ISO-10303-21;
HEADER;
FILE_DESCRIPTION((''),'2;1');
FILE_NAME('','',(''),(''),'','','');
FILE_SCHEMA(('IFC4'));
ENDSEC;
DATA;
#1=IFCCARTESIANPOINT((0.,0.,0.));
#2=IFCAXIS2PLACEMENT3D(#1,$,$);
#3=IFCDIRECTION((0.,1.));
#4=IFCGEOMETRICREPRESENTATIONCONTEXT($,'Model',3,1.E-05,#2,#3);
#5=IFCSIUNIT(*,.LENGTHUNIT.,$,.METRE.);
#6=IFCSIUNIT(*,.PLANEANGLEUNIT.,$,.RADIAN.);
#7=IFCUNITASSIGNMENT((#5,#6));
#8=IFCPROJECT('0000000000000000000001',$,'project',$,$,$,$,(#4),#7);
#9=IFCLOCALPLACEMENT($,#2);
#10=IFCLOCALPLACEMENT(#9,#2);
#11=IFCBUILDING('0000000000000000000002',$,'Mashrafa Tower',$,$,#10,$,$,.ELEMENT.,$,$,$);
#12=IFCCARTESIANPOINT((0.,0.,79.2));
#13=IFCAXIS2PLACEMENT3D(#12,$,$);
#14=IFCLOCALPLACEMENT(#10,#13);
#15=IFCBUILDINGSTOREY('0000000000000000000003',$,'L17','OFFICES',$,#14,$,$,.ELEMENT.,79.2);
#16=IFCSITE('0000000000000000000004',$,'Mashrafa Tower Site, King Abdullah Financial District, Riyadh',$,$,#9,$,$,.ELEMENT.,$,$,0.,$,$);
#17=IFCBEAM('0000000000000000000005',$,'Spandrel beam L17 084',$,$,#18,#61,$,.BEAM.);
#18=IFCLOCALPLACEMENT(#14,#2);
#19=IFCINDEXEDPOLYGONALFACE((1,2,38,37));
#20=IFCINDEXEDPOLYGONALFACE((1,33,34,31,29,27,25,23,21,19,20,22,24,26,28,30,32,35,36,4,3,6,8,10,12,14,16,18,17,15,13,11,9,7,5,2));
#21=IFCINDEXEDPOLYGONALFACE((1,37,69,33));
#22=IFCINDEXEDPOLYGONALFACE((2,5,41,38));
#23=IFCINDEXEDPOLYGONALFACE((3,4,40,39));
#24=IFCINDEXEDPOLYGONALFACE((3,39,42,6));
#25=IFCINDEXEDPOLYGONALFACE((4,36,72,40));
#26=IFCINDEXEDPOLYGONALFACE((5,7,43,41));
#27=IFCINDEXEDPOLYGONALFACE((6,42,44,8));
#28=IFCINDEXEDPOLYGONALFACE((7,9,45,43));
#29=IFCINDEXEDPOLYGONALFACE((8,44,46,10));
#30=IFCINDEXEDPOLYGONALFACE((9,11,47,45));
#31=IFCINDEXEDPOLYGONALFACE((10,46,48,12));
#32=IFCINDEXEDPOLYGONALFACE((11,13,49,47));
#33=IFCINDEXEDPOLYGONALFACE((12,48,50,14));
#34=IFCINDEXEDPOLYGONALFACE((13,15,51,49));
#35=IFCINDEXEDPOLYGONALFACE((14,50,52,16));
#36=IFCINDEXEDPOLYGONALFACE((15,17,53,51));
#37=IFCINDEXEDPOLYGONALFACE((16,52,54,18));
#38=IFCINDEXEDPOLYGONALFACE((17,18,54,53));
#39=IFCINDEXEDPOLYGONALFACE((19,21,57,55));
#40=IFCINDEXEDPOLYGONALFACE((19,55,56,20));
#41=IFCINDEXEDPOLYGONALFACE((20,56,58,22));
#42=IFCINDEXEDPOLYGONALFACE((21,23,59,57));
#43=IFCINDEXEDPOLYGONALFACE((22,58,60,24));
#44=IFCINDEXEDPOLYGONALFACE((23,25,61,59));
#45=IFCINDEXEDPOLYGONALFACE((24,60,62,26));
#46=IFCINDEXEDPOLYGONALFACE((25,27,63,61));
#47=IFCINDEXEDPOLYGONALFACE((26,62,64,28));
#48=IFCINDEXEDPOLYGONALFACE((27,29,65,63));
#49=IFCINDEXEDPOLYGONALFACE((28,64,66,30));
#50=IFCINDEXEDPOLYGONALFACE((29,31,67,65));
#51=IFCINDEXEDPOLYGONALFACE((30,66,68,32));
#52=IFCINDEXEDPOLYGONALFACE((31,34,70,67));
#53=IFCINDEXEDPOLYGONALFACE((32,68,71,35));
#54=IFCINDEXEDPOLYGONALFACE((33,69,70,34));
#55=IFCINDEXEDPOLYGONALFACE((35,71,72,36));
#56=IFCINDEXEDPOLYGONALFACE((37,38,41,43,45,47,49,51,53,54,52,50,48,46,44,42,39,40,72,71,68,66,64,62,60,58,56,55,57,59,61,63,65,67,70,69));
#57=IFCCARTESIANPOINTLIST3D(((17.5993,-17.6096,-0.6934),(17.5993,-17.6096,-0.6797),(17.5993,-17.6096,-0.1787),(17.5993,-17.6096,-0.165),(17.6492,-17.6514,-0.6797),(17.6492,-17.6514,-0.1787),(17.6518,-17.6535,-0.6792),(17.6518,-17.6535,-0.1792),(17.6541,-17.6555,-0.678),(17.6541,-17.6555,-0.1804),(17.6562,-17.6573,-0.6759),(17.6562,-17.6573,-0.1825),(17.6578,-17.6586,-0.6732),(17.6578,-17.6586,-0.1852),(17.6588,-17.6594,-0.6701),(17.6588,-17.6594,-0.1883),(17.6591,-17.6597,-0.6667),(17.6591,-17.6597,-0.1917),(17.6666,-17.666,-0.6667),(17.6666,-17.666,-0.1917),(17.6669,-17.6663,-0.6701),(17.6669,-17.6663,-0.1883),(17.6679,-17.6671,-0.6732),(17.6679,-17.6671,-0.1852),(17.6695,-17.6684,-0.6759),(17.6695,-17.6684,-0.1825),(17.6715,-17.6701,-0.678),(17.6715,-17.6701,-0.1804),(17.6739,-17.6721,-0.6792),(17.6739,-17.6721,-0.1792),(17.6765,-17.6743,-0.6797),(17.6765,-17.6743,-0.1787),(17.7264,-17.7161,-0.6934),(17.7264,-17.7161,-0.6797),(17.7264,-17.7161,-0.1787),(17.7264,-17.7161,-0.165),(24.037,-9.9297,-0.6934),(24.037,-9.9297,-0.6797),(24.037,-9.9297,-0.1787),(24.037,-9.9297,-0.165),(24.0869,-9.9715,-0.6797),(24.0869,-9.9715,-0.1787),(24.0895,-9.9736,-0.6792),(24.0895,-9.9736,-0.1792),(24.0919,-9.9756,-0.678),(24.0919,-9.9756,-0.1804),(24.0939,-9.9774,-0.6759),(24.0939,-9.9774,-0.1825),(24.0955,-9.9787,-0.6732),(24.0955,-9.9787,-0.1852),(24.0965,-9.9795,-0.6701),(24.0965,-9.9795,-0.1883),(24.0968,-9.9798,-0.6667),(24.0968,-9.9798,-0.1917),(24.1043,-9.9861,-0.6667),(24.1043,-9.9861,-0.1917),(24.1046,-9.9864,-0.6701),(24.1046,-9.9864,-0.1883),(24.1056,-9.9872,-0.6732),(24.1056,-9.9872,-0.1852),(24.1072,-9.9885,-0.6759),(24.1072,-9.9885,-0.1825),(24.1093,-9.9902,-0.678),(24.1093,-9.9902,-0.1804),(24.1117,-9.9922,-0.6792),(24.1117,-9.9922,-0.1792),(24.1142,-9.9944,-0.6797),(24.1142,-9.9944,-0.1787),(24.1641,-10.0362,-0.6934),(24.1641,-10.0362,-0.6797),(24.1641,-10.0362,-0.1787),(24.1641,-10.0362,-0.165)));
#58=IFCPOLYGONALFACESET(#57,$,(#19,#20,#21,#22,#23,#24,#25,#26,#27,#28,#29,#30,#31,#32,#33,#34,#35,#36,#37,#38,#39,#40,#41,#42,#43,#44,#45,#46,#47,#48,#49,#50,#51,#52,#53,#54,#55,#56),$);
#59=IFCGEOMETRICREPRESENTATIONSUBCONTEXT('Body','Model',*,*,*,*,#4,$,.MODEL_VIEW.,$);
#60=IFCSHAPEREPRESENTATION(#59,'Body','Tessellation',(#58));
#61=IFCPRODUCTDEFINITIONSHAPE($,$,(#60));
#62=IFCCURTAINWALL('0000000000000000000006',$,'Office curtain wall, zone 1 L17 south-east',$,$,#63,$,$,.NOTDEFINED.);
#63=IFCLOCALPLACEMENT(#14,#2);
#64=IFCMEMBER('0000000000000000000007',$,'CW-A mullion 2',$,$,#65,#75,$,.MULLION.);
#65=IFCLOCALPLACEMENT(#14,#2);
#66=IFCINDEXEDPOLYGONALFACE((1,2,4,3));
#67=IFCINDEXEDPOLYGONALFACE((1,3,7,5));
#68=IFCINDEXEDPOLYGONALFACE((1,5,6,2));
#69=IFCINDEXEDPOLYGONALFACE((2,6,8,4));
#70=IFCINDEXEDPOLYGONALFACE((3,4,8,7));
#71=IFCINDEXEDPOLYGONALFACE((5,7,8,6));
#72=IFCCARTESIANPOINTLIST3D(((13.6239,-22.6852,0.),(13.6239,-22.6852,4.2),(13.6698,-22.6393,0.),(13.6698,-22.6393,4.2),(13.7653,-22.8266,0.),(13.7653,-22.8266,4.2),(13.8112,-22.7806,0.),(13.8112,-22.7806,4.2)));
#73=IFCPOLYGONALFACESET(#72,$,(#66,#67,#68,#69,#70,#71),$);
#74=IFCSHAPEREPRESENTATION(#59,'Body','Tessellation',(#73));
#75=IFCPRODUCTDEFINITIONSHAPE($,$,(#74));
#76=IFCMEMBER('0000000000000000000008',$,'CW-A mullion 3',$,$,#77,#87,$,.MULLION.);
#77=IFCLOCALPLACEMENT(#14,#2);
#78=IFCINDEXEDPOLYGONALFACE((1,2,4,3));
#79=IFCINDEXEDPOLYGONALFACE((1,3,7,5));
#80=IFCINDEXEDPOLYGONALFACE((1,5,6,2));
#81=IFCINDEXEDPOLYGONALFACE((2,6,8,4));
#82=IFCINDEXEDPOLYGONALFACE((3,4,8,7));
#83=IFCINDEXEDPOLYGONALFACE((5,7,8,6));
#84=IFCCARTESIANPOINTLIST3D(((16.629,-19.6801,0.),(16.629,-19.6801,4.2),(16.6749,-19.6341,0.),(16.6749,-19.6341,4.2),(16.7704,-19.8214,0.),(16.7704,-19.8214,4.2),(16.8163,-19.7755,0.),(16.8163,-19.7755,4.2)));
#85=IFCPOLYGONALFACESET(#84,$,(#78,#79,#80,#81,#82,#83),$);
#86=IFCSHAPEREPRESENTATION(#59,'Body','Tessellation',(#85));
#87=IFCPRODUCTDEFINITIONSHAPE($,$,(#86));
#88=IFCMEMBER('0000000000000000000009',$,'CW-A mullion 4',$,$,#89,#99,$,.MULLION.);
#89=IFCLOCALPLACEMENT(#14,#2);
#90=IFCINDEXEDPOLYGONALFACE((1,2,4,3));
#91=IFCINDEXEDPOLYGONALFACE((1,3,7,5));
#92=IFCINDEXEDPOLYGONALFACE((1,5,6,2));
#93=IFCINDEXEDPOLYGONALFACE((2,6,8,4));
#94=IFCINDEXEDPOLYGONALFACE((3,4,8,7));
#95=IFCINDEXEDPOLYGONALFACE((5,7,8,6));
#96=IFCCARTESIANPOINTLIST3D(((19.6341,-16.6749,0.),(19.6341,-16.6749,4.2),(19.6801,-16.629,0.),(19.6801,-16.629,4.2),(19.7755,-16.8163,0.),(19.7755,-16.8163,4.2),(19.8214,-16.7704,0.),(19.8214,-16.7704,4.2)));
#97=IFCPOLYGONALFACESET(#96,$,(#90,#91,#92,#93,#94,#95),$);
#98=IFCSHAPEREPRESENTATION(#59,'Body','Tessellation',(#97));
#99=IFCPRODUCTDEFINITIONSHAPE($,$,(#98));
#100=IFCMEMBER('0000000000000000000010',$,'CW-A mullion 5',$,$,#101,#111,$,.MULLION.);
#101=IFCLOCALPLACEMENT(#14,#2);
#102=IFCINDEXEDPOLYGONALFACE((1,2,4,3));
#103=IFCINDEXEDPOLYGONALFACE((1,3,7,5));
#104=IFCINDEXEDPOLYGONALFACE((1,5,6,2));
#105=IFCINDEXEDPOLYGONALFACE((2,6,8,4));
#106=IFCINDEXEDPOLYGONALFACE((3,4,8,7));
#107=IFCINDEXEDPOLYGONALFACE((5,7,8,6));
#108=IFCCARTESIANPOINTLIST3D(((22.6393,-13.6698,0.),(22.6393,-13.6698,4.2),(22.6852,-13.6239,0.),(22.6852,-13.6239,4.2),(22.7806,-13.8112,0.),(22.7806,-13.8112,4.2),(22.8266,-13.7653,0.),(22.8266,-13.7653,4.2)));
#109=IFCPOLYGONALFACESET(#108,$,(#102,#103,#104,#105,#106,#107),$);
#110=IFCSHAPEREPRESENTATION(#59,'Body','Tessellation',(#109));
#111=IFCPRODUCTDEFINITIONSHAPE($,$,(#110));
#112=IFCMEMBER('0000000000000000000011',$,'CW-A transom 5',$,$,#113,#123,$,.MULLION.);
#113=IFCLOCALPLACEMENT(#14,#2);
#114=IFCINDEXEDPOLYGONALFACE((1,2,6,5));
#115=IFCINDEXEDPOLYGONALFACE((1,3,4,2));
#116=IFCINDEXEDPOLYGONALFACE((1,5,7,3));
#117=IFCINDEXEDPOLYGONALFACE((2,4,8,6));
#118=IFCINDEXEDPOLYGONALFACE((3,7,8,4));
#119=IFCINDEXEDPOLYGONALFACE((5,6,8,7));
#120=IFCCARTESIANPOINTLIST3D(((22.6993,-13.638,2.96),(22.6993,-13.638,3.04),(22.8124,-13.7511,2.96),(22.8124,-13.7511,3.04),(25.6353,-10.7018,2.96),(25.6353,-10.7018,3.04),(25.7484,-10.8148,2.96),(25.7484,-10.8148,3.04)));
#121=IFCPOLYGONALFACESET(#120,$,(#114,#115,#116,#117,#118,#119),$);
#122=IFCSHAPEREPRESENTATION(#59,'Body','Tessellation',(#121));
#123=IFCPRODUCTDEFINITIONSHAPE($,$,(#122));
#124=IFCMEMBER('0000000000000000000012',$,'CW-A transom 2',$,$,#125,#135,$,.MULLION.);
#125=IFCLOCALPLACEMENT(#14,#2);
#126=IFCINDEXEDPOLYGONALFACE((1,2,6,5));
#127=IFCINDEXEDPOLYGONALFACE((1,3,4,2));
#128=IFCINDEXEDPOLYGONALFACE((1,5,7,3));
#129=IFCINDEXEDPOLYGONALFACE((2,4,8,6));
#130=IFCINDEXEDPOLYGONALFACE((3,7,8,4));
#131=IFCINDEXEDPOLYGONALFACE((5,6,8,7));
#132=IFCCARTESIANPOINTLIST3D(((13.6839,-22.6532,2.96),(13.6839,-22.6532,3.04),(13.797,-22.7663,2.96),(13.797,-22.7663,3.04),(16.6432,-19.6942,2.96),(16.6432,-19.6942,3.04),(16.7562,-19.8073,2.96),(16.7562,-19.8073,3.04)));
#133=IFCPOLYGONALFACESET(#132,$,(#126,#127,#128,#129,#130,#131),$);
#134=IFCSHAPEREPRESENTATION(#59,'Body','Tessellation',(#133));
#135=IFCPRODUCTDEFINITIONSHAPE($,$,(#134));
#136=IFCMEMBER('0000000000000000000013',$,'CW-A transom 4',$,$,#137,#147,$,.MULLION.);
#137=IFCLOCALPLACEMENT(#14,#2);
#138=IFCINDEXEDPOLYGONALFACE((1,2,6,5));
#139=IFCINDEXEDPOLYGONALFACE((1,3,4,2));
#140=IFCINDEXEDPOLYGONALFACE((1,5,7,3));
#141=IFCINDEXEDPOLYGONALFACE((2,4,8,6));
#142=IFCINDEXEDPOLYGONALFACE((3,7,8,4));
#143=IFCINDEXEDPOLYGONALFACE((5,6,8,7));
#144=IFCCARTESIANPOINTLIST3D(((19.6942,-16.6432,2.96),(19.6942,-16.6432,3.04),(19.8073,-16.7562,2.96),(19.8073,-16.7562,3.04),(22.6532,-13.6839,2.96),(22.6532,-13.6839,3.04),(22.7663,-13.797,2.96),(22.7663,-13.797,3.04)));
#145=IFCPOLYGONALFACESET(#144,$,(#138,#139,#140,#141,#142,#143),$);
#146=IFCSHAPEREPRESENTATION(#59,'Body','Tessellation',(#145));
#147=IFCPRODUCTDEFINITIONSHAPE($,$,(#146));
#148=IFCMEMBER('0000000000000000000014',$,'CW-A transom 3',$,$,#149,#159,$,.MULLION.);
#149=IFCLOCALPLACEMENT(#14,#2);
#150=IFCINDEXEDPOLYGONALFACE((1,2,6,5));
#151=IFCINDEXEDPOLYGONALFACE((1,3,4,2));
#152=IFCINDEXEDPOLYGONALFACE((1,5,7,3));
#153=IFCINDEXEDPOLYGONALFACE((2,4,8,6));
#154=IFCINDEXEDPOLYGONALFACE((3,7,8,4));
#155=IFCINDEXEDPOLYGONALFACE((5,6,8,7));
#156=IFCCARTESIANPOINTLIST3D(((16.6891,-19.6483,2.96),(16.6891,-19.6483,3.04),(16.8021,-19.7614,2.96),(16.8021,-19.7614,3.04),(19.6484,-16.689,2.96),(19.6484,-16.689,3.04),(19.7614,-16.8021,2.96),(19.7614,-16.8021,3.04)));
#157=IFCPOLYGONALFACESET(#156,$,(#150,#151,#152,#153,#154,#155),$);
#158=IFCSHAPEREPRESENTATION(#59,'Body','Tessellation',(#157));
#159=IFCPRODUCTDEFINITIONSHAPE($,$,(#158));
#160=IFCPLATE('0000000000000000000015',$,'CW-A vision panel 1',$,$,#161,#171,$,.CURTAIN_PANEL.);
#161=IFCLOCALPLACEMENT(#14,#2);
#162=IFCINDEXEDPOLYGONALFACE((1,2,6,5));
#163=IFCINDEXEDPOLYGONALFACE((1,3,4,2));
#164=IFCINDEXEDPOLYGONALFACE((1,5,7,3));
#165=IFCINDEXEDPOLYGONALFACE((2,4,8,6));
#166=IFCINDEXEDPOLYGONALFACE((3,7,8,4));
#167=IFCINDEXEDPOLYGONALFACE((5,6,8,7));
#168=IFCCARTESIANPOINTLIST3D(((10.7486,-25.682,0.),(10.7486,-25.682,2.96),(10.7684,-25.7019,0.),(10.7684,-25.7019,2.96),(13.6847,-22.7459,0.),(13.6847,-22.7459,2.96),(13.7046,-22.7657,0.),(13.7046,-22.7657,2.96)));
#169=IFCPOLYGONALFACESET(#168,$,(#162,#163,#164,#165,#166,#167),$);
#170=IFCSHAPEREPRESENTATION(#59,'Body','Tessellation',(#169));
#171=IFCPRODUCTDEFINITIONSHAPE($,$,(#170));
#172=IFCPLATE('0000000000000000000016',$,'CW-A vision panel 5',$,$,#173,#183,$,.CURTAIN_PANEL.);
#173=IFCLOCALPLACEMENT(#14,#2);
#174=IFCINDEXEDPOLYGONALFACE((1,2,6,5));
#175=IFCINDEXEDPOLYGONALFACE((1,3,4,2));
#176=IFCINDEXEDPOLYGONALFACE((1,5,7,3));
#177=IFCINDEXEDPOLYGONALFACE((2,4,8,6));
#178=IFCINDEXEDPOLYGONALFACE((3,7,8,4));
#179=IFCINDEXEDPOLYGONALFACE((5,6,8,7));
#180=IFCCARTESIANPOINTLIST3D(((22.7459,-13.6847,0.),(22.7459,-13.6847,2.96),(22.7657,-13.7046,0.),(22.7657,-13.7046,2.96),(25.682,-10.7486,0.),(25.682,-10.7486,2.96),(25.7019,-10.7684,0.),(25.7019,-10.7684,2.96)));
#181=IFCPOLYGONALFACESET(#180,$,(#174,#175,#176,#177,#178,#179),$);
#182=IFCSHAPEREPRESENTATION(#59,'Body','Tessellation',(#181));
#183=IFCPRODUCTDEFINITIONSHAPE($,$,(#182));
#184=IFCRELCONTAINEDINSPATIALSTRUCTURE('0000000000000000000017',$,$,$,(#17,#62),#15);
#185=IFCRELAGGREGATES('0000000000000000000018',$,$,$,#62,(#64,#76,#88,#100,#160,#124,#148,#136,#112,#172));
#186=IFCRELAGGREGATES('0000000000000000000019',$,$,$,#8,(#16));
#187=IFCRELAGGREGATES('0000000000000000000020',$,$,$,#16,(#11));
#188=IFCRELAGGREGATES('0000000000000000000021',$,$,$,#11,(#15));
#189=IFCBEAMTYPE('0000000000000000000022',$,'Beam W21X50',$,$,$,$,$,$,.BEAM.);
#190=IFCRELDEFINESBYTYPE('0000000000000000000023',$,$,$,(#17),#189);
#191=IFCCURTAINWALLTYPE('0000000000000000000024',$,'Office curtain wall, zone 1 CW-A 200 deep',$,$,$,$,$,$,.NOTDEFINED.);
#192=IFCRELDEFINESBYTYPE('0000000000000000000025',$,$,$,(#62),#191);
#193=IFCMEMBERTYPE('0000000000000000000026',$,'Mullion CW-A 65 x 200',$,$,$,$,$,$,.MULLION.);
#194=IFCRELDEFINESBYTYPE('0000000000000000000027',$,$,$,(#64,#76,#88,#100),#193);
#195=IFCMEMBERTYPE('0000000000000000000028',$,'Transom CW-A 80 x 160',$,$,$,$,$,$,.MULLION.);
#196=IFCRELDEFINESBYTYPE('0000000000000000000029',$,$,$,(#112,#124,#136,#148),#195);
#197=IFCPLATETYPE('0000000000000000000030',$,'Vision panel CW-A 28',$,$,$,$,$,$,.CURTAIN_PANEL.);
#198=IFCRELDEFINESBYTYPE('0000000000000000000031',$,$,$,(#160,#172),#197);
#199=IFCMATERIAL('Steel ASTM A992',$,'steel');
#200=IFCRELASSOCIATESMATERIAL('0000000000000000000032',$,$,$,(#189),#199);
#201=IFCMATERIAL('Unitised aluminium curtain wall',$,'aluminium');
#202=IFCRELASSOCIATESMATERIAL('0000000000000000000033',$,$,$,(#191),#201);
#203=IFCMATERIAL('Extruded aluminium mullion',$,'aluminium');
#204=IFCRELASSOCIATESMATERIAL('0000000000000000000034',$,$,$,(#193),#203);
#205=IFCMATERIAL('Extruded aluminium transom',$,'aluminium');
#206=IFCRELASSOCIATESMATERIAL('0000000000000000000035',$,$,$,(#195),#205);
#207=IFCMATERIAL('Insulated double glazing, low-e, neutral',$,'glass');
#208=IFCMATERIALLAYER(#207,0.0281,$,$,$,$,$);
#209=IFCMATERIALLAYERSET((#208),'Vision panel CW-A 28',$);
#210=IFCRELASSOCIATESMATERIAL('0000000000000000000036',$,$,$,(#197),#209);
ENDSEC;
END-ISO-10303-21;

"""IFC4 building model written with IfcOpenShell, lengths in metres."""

from ifc_helpers import new_model, si_unit, direction, frame, origin, origin_2d, place, context, subcontext, project, spatial, rectangle, i_section, extrude, source, transform, mapped, material, layer, layer_set, material_profile, profile_set, type_object, type_shapes, element, aggregate, save


model = new_model("IFC4")

# Units and contexts
model_context = context("Model", 3, precision=1e-05, world=origin(), true_north=direction((0.0, 1.0)))
body_context = subcontext(model_context, "Body", "Model", "MODEL_VIEW")
ifc_project = project(units=[si_unit("LENGTHUNIT", "METRE"), si_unit("PLANEANGLEUNIT", "RADIAN")], contexts=[model_context])

# Site, building, storey
site_placement = place(None, origin())
site = spatial("IfcSite", under=ifc_project, at=site_placement, Name="Mashrafa Tower Site, King Abdullah Financial District, Riyadh", CompositionType="ELEMENT", RefElevation=0.0)
building_placement = place(site_placement, origin())
building = spatial("IfcBuilding", under=site, at=building_placement, Name="Mashrafa Tower", CompositionType="ELEMENT")
storey_placement = place(building_placement, frame((0.0, 0.0, 79.2)))
storey = spatial("IfcBuildingStorey", under=building, at=storey_placement, Name="L17", Description="OFFICES", CompositionType="ELEMENT", Elevation=79.2)

# Beam
ifc_material_1 = material(Name="Steel ASTM A992", Category="steel")
ifc_material_profile_1 = material_profile(ifc_material_1, i_section(OverallWidth=0.1658, OverallDepth=0.5283, WebThickness=0.0098, FlangeThickness=0.0137, FilletRadius=0.0129, at=origin_2d()), Name="W21X50")
ifc_profile_set_1 = profile_set([ifc_material_profile_1], Name="Steel ASTM A992")
beam_type_1 = type_object("IfcBeamType", Name="Beam W21X50", PredefinedType="BEAM", material=ifc_profile_set_1)
beam_1_placement = place(storey_placement, frame((17.6628, -17.6628, -0.4292), z_axis=(0.642408, 0.766363, 0.0), x_axis=(-0.766363, 0.642408, 0.0)))
element("IfcBeam", 1, at=beam_1_placement, inside=storey, type_object=beam_type_1, Name="Spandrel beam L17 084", PredefinedType="BEAM", context=body_context, shape_type="SweptSolid", body=[
    extrude(i_section(OverallWidth=0.1658, OverallDepth=0.5283, WebThickness=0.0098, FlangeThickness=0.0137, FilletRadius=0.0129, at=origin_2d()), origin(), (0.0, 0.0, 1.0), 10.0212),
])

# Curtain wall, members, plates
ifc_material_2 = material(Name="Unitised aluminium curtain wall", Category="aluminium")
curtain_wall_type = type_object("IfcCurtainWallType", Name="Office curtain wall, zone 1 CW-A 200 deep", PredefinedType="NOTDEFINED", material=ifc_material_2)
curtain_wall_placement = place(storey_placement, origin())
curtain_wall = element("IfcCurtainWall", 2, at=curtain_wall_placement, inside=storey, type_object=curtain_wall_type, Name="Office curtain wall, zone 1 L17 south-east", PredefinedType="NOTDEFINED")
ifc_material_3 = material(Name="Extruded aluminium mullion", Category="aluminium")
ifc_material_profile_2 = material_profile(ifc_material_3, rectangle(XDim=0.2, YDim=0.0649, at=origin_2d()), Name="Mullion 65x200")
ifc_profile_set_2 = profile_set([ifc_material_profile_2], Name="Extruded aluminium mullion")
member_type_1 = type_object("IfcMemberType", Name="Mullion CW-A 65 x 200", PredefinedType="MULLION", material=ifc_profile_set_2)
shared_shape_1 = source(origin(), body_context, "Body", "SweptSolid", [
    extrude(rectangle(XDim=0.2, YDim=0.0649, at=origin_2d()), origin(), (0.0, 0.0, 1.0), 4.2),
])
type_shapes(member_type_1, [shared_shape_1])
member_1_placement = place(storey_placement, frame((13.7175, -22.7329, 0.0), z_axis=(0.0, 0.0, 1.0), x_axis=(-0.707107, 0.707107, 0.0)))
member_1 = element("IfcMember", 3, at=member_1_placement, type_object=member_type_1, Name="CW-A mullion 2", PredefinedType="MULLION", context=body_context, shape_type="MappedRepresentation", body=[
    mapped(shared_shape_1, transform((0.0, 0.0, 0.0))),
])
member_2_placement = place(storey_placement, frame((16.7227, -19.7278, 0.0), z_axis=(0.0, 0.0, 1.0), x_axis=(-0.707107, 0.707107, 0.0)))
member_2 = element("IfcMember", 4, at=member_2_placement, type_object=member_type_1, Name="CW-A mullion 3", PredefinedType="MULLION", context=body_context, shape_type="MappedRepresentation", body=[
    mapped(shared_shape_1, transform((0.0, 0.0, 0.0))),
])
member_3_placement = place(storey_placement, frame((19.7278, -16.7227, 0.0), z_axis=(0.0, 0.0, 1.0), x_axis=(-0.707107, 0.707107, 0.0)))
member_3 = element("IfcMember", 5, at=member_3_placement, type_object=member_type_1, Name="CW-A mullion 4", PredefinedType="MULLION", context=body_context, shape_type="MappedRepresentation", body=[
    mapped(shared_shape_1, transform((0.0, 0.0, 0.0))),
])
member_4_placement = place(storey_placement, frame((22.7329, -13.7175, 0.0), z_axis=(0.0, 0.0, 1.0), x_axis=(-0.707107, 0.707107, 0.0)))
member_4 = element("IfcMember", 6, at=member_4_placement, type_object=member_type_1, Name="CW-A mullion 5", PredefinedType="MULLION", context=body_context, shape_type="MappedRepresentation", body=[
    mapped(shared_shape_1, transform((0.0, 0.0, 0.0))),
])
ifc_material_4 = material(Name="Extruded aluminium transom", Category="aluminium")
ifc_material_profile_3 = material_profile(ifc_material_4, rectangle(XDim=0.1599, YDim=0.0801, at=origin_2d()), Name="Transom 80x160")
ifc_profile_set_3 = profile_set([ifc_material_profile_3], Name="Extruded aluminium transom")
member_type_2 = type_object("IfcMemberType", Name="Transom CW-A 80 x 160", PredefinedType="MULLION", material=ifc_profile_set_3)
shared_shape_2 = source(origin(), body_context, "Body", "SweptSolid", [
    extrude(rectangle(XDim=0.1599, YDim=0.0801, at=origin_2d()), origin(), (0.0, 0.0, 1.0), 4.1523),
])
member_5_placement = place(storey_placement, frame((22.7559, -13.6946, 3.0), z_axis=(0.707077, 0.707136, 0.0), x_axis=(-0.707136, 0.707077, 0.0)))
member_5 = element("IfcMember", 7, at=member_5_placement, type_object=member_type_2, Name="CW-A transom 5", PredefinedType="MULLION", context=body_context, shape_type="MappedRepresentation", body=[
    mapped(shared_shape_2, transform((0.0, 0.0, 0.0))),
])
shared_shape_3 = source(origin(), body_context, "Body", "SweptSolid", [
    extrude(rectangle(XDim=0.1599, YDim=0.0801, at=origin_2d()), origin(), (0.0, 0.0, 1.0), 4.1848),
])
member_6_placement = place(storey_placement, frame((13.7405, -22.7097, 3.0), z_axis=(0.707136, 0.707078, 0.0), x_axis=(-0.707078, 0.707136, 0.0)))
member_6 = element("IfcMember", 8, at=member_6_placement, type_object=member_type_2, Name="CW-A transom 2", PredefinedType="MULLION", context=body_context, shape_type="MappedRepresentation", body=[
    mapped(shared_shape_3, transform((0.0, 0.0, 0.0))),
])
member_7_placement = place(storey_placement, frame((19.7507, -16.6997, 3.0), z_axis=(0.707078, 0.707136, 0.0), x_axis=(-0.707136, 0.707078, 0.0)))
member_7 = element("IfcMember", 9, at=member_7_placement, type_object=member_type_2, Name="CW-A transom 4", PredefinedType="MULLION", context=body_context, shape_type="MappedRepresentation", body=[
    mapped(shared_shape_3, transform((0.0, 0.0, 0.0))),
])
shared_shape_4 = source(origin(), body_context, "Body", "SweptSolid", [
    extrude(rectangle(XDim=0.1599, YDim=0.0801, at=origin_2d()), origin(), (0.0, 0.0, 1.0), 4.1851),
])
type_shapes(member_type_2, [shared_shape_2, shared_shape_3, shared_shape_4])
member_8_placement = place(storey_placement, frame((16.7456, -19.7048, 3.0), z_axis=(0.707107, 0.707107, 0.0), x_axis=(-0.707107, 0.707107, 0.0)))
member_8 = element("IfcMember", 10, at=member_8_placement, type_object=member_type_2, Name="CW-A transom 3", PredefinedType="MULLION", context=body_context, shape_type="MappedRepresentation", body=[
    mapped(shared_shape_4, transform((0.0, 0.0, 0.0))),
])
ifc_material_5 = material(Name="Insulated double glazing, low-e, neutral", Category="glass")
ifc_layer_1 = layer(ifc_material_5, 0.0281)
ifc_layer_set_1 = layer_set([ifc_layer_1], Name="Vision panel CW-A 28")
plate_type_1 = type_object("IfcPlateType", Name="Vision panel CW-A 28", PredefinedType="CURTAIN_PANEL", material=ifc_layer_set_1)
shared_shape_5 = source(origin(), body_context, "Body", "SweptSolid", [
    extrude(rectangle(XDim=4.1523, YDim=0.0281, at=origin_2d()), origin(), (0.0, 0.0, 1.0), 2.96),
])
plate_1_placement = place(storey_placement, frame((12.2266, -24.2239, 0.0), z_axis=(0.0, 0.0, 1.0), x_axis=(0.707107, 0.707107, 0.0)))
plate_1 = element("IfcPlate", 11, at=plate_1_placement, type_object=plate_type_1, Name="CW-A vision panel 1", PredefinedType="CURTAIN_PANEL", context=body_context, shape_type="MappedRepresentation", body=[
    mapped(shared_shape_5, transform((0.0, 0.0, 0.0))),
])
plate_2_placement = place(storey_placement, frame((24.2239, -12.2266, 0.0), z_axis=(0.0, 0.0, 1.0), x_axis=(0.707107, 0.707107, 0.0)))
plate_2 = element("IfcPlate", 12, at=plate_2_placement, type_object=plate_type_1, Name="CW-A vision panel 5", PredefinedType="CURTAIN_PANEL", context=body_context, shape_type="MappedRepresentation", body=[
    mapped(shared_shape_5, transform((0.0, 0.0, 0.0))),
])
aggregate(curtain_wall, [member_1, member_2, member_3, member_4, plate_1, member_6, member_8, member_7, member_5, plate_2])

save(model, "model.ifc")
